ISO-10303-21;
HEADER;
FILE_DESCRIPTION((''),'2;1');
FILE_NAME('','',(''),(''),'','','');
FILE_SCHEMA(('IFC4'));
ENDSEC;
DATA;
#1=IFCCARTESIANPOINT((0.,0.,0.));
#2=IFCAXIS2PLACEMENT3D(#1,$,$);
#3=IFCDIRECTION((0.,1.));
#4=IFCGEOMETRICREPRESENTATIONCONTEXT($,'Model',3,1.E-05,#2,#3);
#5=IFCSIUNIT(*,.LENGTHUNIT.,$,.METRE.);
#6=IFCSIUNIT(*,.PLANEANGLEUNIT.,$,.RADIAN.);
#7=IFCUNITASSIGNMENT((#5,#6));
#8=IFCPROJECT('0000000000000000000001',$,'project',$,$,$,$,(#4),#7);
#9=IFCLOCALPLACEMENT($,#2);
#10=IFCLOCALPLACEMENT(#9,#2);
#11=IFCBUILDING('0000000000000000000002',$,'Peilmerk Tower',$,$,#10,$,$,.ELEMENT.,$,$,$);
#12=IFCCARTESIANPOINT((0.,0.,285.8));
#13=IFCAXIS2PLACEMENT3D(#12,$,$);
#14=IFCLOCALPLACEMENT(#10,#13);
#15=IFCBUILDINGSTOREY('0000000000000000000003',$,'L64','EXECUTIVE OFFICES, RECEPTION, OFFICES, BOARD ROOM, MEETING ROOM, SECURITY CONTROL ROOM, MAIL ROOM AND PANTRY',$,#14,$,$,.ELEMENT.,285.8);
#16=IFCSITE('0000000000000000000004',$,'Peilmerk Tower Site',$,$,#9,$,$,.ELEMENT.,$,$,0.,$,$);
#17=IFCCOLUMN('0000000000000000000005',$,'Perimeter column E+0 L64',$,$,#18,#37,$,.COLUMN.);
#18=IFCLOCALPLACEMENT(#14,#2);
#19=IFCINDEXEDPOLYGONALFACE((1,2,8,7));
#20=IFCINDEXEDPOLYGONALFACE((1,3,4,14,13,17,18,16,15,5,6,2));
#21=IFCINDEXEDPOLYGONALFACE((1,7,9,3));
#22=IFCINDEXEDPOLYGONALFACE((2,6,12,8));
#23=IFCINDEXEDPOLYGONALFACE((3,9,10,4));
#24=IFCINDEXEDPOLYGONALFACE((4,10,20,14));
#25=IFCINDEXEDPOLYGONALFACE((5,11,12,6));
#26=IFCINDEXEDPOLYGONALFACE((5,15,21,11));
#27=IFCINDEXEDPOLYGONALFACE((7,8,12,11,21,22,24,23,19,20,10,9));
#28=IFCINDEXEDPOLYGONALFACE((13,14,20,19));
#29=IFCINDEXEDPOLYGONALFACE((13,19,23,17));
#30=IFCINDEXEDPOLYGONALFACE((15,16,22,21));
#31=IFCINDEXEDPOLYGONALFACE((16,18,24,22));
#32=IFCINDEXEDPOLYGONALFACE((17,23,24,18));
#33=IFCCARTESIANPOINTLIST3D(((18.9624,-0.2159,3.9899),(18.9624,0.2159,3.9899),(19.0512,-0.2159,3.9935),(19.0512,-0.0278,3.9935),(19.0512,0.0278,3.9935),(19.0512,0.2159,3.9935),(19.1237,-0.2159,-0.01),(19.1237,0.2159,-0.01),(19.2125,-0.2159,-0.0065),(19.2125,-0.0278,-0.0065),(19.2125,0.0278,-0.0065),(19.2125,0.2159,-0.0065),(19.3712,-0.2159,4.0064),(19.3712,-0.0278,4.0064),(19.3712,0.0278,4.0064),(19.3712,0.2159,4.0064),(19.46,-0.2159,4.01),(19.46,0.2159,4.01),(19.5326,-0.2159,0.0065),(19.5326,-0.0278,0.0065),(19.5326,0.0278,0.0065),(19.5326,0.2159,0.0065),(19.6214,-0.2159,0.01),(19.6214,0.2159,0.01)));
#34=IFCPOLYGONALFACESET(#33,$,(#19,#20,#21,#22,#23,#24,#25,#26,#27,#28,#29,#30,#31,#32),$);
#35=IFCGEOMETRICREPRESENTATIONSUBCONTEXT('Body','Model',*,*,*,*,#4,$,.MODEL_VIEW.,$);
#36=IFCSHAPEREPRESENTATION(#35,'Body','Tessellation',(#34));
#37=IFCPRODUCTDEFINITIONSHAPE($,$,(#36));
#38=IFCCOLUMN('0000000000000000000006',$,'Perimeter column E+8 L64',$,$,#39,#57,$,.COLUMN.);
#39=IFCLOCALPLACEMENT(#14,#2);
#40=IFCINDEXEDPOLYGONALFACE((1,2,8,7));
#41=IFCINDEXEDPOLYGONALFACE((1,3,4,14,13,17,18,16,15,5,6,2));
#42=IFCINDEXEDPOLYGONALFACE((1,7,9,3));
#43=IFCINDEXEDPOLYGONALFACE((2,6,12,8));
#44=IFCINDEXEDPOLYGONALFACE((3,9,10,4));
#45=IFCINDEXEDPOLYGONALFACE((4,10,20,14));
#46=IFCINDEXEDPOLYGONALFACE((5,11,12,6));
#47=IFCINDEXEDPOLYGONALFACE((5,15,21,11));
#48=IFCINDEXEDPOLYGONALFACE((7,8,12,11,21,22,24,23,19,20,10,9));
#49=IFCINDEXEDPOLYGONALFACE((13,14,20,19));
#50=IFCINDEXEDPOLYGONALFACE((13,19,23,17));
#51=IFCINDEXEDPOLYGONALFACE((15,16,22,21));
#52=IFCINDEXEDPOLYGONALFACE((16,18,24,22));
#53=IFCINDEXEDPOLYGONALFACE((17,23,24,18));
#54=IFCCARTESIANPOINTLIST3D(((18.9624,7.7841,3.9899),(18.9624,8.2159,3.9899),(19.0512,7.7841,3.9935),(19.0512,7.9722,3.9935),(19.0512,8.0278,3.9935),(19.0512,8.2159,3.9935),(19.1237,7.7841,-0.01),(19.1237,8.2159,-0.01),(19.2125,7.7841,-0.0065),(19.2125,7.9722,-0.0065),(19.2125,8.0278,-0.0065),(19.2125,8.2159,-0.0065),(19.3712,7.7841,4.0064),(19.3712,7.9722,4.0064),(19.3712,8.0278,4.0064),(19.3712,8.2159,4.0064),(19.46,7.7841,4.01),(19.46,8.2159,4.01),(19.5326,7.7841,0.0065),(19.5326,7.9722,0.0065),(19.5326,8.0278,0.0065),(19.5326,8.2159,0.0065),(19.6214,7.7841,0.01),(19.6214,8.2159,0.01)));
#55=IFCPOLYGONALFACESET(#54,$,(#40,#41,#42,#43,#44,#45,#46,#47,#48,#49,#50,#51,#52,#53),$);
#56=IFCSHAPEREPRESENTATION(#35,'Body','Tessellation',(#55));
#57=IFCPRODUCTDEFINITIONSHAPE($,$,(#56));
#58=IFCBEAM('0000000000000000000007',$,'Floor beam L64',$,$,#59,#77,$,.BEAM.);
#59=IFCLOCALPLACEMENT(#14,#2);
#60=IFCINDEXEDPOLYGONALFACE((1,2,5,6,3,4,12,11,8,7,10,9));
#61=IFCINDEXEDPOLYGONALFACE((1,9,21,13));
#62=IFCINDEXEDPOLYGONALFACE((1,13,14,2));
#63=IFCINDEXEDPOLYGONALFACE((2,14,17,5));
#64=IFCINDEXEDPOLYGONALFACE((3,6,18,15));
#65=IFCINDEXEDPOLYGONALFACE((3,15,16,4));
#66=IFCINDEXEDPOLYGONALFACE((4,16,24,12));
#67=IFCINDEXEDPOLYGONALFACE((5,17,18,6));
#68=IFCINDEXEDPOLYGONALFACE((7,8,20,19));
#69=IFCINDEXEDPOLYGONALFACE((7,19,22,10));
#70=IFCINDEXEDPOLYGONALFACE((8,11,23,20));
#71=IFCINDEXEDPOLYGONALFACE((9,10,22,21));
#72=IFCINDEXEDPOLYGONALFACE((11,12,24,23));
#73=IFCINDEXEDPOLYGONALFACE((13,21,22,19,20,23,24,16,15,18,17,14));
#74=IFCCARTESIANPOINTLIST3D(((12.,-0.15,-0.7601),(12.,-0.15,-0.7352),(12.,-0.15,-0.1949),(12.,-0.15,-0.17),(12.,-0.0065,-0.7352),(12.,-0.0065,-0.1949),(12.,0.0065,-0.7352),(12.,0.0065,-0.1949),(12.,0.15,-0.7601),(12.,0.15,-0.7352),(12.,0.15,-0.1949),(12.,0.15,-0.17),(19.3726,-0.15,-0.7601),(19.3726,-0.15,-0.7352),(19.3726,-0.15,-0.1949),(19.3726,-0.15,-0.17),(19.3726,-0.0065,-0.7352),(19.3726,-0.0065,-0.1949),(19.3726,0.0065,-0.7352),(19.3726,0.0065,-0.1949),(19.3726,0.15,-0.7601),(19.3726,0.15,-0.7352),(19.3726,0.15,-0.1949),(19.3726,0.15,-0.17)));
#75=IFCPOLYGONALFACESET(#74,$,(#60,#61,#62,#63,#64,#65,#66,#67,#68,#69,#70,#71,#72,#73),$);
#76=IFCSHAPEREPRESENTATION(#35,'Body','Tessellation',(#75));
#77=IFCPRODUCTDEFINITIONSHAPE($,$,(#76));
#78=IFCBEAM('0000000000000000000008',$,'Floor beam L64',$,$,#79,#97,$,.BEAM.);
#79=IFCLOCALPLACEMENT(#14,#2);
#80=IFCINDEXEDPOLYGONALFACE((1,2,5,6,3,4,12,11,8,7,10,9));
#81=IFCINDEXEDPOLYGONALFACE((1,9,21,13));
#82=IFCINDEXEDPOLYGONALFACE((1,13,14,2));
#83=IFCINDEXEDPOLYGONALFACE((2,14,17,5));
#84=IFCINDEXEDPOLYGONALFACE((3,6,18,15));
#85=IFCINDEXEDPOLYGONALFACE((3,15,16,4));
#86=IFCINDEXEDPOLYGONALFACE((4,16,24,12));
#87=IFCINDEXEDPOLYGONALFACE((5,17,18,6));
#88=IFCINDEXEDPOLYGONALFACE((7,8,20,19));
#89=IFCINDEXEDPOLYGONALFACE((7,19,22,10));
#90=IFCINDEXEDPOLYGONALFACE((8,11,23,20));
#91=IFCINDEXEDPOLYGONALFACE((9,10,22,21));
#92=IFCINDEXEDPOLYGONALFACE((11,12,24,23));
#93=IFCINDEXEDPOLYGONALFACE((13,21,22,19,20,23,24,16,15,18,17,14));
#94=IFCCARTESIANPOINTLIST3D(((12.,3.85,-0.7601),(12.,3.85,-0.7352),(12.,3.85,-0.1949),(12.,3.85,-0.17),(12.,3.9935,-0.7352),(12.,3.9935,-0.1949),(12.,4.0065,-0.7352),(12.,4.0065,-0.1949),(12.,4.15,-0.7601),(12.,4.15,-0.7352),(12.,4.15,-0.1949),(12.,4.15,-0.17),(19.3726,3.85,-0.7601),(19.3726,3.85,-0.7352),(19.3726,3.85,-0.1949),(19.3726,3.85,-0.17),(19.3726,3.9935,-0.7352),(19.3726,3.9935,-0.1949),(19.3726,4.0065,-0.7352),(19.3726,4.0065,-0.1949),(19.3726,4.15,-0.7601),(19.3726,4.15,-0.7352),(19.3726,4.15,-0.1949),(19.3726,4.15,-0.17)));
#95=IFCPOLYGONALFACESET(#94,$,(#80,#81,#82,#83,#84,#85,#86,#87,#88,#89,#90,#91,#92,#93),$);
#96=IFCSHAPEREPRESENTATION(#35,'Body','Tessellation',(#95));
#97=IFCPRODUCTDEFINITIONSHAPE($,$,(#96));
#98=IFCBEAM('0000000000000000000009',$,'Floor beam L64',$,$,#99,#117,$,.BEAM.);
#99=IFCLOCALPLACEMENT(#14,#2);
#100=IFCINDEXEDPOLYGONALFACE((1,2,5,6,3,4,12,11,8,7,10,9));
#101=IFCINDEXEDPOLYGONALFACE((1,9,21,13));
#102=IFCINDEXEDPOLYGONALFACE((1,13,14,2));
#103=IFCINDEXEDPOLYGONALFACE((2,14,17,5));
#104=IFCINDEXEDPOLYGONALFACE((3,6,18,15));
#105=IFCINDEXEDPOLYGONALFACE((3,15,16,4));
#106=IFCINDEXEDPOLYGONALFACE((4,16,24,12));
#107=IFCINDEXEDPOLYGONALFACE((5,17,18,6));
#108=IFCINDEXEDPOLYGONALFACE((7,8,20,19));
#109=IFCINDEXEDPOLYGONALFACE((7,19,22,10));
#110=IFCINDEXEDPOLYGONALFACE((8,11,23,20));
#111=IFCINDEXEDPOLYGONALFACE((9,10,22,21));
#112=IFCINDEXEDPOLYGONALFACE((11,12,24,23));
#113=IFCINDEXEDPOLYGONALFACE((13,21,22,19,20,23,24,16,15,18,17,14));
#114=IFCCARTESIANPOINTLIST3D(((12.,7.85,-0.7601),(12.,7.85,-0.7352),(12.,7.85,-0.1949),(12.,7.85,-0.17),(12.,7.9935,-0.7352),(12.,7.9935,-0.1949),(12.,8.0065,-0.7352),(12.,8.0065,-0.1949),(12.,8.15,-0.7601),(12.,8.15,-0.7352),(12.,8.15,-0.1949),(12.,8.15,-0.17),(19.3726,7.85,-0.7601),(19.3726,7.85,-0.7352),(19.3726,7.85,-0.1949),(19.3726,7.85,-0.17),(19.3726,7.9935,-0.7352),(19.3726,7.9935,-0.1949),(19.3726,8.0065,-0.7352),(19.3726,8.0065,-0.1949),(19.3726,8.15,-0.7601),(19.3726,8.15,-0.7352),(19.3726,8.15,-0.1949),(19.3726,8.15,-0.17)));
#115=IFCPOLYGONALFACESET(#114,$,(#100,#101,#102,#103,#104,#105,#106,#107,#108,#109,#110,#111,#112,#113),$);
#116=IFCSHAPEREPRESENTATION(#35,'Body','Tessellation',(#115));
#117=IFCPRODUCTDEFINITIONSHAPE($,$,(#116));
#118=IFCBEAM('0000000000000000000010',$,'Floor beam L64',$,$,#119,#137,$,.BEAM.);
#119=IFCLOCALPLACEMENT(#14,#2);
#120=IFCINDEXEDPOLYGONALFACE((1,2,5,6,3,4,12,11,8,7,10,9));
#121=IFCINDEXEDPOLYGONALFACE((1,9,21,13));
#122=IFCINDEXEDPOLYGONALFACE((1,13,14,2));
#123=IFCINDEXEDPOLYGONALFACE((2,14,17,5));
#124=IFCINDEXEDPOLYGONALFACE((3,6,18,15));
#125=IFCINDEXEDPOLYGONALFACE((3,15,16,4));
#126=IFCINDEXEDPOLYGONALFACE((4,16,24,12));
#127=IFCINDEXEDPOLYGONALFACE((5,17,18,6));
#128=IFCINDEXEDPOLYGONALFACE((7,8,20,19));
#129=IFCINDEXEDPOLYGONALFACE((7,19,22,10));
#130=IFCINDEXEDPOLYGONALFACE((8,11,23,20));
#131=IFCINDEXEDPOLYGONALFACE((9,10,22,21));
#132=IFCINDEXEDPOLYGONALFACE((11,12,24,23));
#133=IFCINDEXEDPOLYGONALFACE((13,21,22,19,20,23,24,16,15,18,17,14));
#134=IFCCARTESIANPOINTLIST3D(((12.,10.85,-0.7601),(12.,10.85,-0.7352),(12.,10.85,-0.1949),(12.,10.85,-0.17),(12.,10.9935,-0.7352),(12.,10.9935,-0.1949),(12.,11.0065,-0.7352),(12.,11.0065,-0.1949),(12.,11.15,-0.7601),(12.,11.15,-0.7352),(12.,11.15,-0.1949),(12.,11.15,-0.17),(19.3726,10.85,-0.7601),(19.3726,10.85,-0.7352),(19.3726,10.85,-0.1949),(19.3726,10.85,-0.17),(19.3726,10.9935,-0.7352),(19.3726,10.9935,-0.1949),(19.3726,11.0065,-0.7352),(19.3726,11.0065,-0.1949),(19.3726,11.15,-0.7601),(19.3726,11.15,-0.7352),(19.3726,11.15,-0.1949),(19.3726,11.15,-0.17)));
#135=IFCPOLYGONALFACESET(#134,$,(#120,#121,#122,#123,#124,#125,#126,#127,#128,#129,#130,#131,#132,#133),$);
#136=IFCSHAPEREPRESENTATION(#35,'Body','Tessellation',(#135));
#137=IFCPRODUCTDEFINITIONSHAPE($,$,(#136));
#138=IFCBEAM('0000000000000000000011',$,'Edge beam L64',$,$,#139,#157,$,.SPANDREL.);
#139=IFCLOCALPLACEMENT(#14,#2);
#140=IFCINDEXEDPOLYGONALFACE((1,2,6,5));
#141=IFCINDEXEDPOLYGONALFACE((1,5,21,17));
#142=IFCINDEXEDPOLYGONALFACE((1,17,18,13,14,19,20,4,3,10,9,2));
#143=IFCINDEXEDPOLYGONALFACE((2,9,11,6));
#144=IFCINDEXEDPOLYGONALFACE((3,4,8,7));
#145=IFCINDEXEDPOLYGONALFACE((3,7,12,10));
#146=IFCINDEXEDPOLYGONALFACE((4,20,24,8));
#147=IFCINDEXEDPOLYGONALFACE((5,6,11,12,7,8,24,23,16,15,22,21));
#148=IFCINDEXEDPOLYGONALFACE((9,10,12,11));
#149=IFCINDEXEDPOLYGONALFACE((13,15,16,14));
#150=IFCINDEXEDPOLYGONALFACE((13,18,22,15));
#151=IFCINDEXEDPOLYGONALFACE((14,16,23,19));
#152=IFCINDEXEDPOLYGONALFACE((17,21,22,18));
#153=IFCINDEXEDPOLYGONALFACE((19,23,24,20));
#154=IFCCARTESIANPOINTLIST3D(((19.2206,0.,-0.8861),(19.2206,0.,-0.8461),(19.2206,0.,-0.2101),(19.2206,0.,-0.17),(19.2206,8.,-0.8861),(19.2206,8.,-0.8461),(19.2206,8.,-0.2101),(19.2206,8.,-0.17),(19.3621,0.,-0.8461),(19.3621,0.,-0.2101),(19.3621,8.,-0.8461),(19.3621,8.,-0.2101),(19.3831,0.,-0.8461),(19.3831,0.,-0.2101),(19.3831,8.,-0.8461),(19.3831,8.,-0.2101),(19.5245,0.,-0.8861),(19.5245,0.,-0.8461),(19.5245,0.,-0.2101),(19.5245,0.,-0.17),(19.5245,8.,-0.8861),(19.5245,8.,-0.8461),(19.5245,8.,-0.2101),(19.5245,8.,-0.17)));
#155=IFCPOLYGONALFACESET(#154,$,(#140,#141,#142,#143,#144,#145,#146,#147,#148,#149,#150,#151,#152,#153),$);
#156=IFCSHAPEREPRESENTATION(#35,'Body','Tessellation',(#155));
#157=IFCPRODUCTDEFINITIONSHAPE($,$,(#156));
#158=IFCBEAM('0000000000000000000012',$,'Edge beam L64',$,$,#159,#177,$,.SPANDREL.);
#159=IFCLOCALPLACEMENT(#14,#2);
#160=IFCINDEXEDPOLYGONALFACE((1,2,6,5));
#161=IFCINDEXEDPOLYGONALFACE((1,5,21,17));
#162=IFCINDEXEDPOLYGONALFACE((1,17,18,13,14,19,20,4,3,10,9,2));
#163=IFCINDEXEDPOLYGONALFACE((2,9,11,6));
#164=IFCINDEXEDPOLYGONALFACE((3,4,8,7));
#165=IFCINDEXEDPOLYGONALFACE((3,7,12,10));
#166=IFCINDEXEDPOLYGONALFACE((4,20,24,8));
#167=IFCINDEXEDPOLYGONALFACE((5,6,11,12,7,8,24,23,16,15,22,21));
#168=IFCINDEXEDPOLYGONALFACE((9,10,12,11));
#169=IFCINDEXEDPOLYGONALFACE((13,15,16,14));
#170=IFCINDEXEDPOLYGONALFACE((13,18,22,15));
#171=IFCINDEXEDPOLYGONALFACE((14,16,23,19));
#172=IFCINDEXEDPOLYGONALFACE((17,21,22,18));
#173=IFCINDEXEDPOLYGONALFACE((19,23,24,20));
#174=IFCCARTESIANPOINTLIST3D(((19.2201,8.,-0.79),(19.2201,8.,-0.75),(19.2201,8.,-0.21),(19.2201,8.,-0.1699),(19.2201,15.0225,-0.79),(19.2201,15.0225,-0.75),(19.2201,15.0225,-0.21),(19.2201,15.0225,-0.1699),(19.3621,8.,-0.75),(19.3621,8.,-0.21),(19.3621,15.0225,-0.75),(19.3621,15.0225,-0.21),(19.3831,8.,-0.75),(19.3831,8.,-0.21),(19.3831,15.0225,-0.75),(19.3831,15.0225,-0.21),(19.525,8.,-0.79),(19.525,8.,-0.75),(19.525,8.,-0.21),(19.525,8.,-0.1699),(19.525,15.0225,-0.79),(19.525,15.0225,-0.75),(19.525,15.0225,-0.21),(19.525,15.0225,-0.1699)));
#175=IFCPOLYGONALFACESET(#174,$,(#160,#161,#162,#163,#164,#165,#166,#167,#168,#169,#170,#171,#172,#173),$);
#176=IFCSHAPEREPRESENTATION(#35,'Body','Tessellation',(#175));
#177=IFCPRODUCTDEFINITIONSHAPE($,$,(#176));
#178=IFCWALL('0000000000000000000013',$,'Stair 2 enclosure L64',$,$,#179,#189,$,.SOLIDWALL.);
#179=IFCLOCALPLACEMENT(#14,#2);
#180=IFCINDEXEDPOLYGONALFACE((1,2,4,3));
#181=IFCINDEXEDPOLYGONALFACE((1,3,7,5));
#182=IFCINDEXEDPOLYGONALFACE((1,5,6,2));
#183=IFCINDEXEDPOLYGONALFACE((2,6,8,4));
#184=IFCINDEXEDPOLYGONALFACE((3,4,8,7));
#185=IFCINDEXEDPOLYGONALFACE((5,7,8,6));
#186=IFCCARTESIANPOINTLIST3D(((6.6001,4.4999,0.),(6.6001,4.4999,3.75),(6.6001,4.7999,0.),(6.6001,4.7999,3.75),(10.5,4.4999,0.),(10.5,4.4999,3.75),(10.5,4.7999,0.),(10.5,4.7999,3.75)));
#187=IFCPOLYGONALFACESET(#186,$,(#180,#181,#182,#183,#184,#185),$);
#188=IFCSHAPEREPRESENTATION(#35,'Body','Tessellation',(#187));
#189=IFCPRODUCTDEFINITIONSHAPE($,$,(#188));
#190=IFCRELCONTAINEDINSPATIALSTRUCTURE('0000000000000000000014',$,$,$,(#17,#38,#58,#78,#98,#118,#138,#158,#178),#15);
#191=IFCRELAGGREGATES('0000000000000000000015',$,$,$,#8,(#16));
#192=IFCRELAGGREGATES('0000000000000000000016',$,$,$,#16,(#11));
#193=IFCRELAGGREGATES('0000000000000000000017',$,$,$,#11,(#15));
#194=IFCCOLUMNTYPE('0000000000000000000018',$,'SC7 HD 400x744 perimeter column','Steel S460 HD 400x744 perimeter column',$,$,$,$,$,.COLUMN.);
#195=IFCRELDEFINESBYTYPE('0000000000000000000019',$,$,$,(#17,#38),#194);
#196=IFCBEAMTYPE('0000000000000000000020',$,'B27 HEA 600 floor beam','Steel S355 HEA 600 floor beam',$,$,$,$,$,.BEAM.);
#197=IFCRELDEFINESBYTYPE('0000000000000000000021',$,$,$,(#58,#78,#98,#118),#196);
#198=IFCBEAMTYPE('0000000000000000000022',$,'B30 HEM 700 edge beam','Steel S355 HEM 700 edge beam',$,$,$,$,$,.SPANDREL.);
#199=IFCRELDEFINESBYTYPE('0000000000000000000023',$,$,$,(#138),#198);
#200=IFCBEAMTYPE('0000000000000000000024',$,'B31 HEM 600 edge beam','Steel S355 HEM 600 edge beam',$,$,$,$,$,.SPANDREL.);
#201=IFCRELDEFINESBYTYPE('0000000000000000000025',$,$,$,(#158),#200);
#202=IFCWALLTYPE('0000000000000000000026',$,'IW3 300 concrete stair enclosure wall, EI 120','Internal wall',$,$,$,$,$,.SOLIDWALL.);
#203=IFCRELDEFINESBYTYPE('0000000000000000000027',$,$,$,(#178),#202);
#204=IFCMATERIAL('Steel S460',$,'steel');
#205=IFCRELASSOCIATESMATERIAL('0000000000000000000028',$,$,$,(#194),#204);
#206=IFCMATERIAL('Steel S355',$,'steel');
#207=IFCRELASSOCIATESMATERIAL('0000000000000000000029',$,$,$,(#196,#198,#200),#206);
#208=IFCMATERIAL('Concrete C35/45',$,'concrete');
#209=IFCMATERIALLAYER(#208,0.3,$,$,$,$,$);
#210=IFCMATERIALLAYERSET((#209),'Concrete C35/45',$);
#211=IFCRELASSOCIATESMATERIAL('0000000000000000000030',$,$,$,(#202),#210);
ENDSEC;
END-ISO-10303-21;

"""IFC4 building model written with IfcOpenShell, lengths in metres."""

from ifc_helpers import new_model, si_unit, direction, frame, frame_2d, origin, origin_2d, place, context, subcontext, project, spatial, rectangle, i_section, extrude, material, layer, layer_set, material_profile, profile_set, type_object, element, save


model = new_model("IFC4")

# Units and contexts
model_context = context("Model", 3, precision=1e-05, world=origin(), true_north=direction((0.0, 1.0)))
body_context = subcontext(model_context, "Body", "Model", "MODEL_VIEW")
ifc_project = project(units=[si_unit("LENGTHUNIT", "METRE"), si_unit("PLANEANGLEUNIT", "RADIAN")], contexts=[model_context])

# Site, building, storey
site_placement = place(None, origin())
site = spatial("IfcSite", under=ifc_project, at=site_placement, Name="Peilmerk Tower Site", CompositionType="ELEMENT", RefElevation=0.0)
building_placement = place(site_placement, origin())
building = spatial("IfcBuilding", under=site, at=building_placement, Name="Peilmerk Tower", CompositionType="ELEMENT")
storey_placement = place(building_placement, frame((0.0, 0.0, 285.8)))
storey = spatial("IfcBuildingStorey", under=building, at=storey_placement, Name="L64", Description="EXECUTIVE OFFICES, RECEPTION, OFFICES, BOARD ROOM, MEETING ROOM, SECURITY CONTROL ROOM, MAIL ROOM AND PANTRY", CompositionType="ELEMENT", Elevation=285.8)

# Columns
ifc_material_1 = material(Name="Steel S460", Category="steel")
ifc_material_profile_1 = material_profile(ifc_material_1, i_section(OverallWidth=0.4319, OverallDepth=0.498, WebThickness=0.0557, FlangeThickness=0.0889, at=origin_2d()), Name="HD 400x744")
ifc_profile_set_1 = profile_set([ifc_material_profile_1], Name="Steel S460")
column_type = type_object("IfcColumnType", Name="SC7 HD 400x744 perimeter column", Description="Steel S460 HD 400x744 perimeter column", PredefinedType="COLUMN", material=ifc_profile_set_1)
for number, where, z_axis, x_axis, name in (
    (1, (19.3726, 0.0, 0.0), (-0.040311, 0.0, 0.999187), (0.0, -1.0, 0.0), "Perimeter column E+0 L64"),
    (2, (19.3726, 8.0, 0.0), (-0.040311, 0.0, 0.999187), (0.0, -1.0, 0.0), "Perimeter column E+8 L64"),
):
    element("IfcColumn", number, at=place(storey_placement, frame(where, z_axis=z_axis, x_axis=x_axis)), inside=storey, type_object=column_type, Name=name, PredefinedType="COLUMN", context=body_context, shape_type="SweptSolid", body=[
        extrude(i_section(OverallWidth=0.4319, OverallDepth=0.498, WebThickness=0.0557, FlangeThickness=0.0889, at=origin_2d()), origin(), (0.0, 0.0, 1.0), 4.0032),
    ])

# Beams
ifc_material_2 = material(Name="Steel S355", Category="steel")
ifc_material_profile_2 = material_profile(ifc_material_2, i_section(OverallWidth=0.3, OverallDepth=0.5901, WebThickness=0.0129, FlangeThickness=0.0249, at=origin_2d()), Name="HEA 600")
ifc_profile_set_2 = profile_set([ifc_material_profile_2], Name="Steel S355")
beam_type_1 = type_object("IfcBeamType", Name="B27 HEA 600 floor beam", Description="Steel S355 HEA 600 floor beam", PredefinedType="BEAM", material=ifc_profile_set_2)
for number, where, z_axis, x_axis, name in (
    (3, (12.0, 0.0, -0.4651), (1.0, 0.0, 0.0), (0.0, 1.0, 0.0), "Floor beam L64"),
    (4, (12.0, 4.0, -0.4651), (1.0, 0.0, 0.0), (0.0, 1.0, 0.0), "Floor beam L64"),
    (5, (12.0, 8.0, -0.4651), (1.0, 0.0, 0.0), (0.0, 1.0, 0.0), "Floor beam L64"),
    (6, (12.0, 11.0, -0.4651), (1.0, 0.0, 0.0), (0.0, 1.0, 0.0), "Floor beam L64"),
):
    element("IfcBeam", number, at=place(storey_placement, frame(where, z_axis=z_axis, x_axis=x_axis)), inside=storey, type_object=beam_type_1, Name=name, PredefinedType="BEAM", context=body_context, shape_type="SweptSolid", body=[
        extrude(i_section(OverallWidth=0.3, OverallDepth=0.5901, WebThickness=0.0129, FlangeThickness=0.0249, at=origin_2d()), origin(), (0.0, 0.0, 1.0), 7.3726),
    ])
ifc_material_profile_3 = material_profile(ifc_material_2, i_section(OverallWidth=0.304, OverallDepth=0.7161, WebThickness=0.021, FlangeThickness=0.04, at=origin_2d()), Name="HEM 700")
ifc_profile_set_3 = profile_set([ifc_material_profile_3], Name="Steel S355")
beam_type_2 = type_object("IfcBeamType", Name="B30 HEM 700 edge beam", Description="Steel S355 HEM 700 edge beam", PredefinedType="SPANDREL", material=ifc_profile_set_3)
beam_1_placement = place(storey_placement, frame((19.3726, 0.0, -0.5281), z_axis=(0.0, 1.0, 0.0), x_axis=(-1.0, 0.0, 0.0)))
element("IfcBeam", 7, at=beam_1_placement, inside=storey, type_object=beam_type_2, Name="Edge beam L64", PredefinedType="SPANDREL", context=body_context, shape_type="SweptSolid", body=[
    extrude(i_section(OverallWidth=0.304, OverallDepth=0.7161, WebThickness=0.021, FlangeThickness=0.04, at=origin_2d()), origin(), (0.0, 0.0, 1.0), 8.0),
])
ifc_material_profile_4 = material_profile(ifc_material_2, i_section(OverallWidth=0.3049, OverallDepth=0.6201, WebThickness=0.021, FlangeThickness=0.04, at=origin_2d()), Name="HEM 600")
ifc_profile_set_4 = profile_set([ifc_material_profile_4], Name="Steel S355")
beam_type_3 = type_object("IfcBeamType", Name="B31 HEM 600 edge beam", Description="Steel S355 HEM 600 edge beam", PredefinedType="SPANDREL", material=ifc_profile_set_4)
beam_2_placement = place(storey_placement, frame((19.3726, 8.0, -0.48), z_axis=(0.0, 1.0, 0.0), x_axis=(-1.0, 0.0, 0.0)))
element("IfcBeam", 8, at=beam_2_placement, inside=storey, type_object=beam_type_3, Name="Edge beam L64", PredefinedType="SPANDREL", context=body_context, shape_type="SweptSolid", body=[
    extrude(i_section(OverallWidth=0.3049, OverallDepth=0.6201, WebThickness=0.021, FlangeThickness=0.04, at=origin_2d()), origin(), (0.0, 0.0, 1.0), 7.0225),
])

# Wall
ifc_material_3 = material(Name="Concrete C35/45", Category="concrete")
ifc_layer_1 = layer(ifc_material_3, 0.3)
ifc_layer_set_1 = layer_set([ifc_layer_1], Name="Concrete C35/45")
wall_type_1 = type_object("IfcWallType", Name="IW3 300 concrete stair enclosure wall, EI 120", Description="Internal wall", PredefinedType="SOLIDWALL", material=ifc_layer_set_1)
wall_1_placement = place(storey_placement, frame((6.6001, 4.6499, 0.0), z_axis=(0.0, 0.0, 1.0), x_axis=(1.0, 0.0, 0.0)))
element("IfcWall", 9, at=wall_1_placement, inside=storey, type_object=wall_type_1, Name="Stair 2 enclosure L64", PredefinedType="SOLIDWALL", context=body_context, shape_type="SweptSolid", body=[
    extrude(rectangle(XDim=3.8999, YDim=0.3, at=frame_2d((1.95, 0.0))), origin(), (0.0, 0.0, 1.0), 3.75),
])

save(model, "model.ifc")
